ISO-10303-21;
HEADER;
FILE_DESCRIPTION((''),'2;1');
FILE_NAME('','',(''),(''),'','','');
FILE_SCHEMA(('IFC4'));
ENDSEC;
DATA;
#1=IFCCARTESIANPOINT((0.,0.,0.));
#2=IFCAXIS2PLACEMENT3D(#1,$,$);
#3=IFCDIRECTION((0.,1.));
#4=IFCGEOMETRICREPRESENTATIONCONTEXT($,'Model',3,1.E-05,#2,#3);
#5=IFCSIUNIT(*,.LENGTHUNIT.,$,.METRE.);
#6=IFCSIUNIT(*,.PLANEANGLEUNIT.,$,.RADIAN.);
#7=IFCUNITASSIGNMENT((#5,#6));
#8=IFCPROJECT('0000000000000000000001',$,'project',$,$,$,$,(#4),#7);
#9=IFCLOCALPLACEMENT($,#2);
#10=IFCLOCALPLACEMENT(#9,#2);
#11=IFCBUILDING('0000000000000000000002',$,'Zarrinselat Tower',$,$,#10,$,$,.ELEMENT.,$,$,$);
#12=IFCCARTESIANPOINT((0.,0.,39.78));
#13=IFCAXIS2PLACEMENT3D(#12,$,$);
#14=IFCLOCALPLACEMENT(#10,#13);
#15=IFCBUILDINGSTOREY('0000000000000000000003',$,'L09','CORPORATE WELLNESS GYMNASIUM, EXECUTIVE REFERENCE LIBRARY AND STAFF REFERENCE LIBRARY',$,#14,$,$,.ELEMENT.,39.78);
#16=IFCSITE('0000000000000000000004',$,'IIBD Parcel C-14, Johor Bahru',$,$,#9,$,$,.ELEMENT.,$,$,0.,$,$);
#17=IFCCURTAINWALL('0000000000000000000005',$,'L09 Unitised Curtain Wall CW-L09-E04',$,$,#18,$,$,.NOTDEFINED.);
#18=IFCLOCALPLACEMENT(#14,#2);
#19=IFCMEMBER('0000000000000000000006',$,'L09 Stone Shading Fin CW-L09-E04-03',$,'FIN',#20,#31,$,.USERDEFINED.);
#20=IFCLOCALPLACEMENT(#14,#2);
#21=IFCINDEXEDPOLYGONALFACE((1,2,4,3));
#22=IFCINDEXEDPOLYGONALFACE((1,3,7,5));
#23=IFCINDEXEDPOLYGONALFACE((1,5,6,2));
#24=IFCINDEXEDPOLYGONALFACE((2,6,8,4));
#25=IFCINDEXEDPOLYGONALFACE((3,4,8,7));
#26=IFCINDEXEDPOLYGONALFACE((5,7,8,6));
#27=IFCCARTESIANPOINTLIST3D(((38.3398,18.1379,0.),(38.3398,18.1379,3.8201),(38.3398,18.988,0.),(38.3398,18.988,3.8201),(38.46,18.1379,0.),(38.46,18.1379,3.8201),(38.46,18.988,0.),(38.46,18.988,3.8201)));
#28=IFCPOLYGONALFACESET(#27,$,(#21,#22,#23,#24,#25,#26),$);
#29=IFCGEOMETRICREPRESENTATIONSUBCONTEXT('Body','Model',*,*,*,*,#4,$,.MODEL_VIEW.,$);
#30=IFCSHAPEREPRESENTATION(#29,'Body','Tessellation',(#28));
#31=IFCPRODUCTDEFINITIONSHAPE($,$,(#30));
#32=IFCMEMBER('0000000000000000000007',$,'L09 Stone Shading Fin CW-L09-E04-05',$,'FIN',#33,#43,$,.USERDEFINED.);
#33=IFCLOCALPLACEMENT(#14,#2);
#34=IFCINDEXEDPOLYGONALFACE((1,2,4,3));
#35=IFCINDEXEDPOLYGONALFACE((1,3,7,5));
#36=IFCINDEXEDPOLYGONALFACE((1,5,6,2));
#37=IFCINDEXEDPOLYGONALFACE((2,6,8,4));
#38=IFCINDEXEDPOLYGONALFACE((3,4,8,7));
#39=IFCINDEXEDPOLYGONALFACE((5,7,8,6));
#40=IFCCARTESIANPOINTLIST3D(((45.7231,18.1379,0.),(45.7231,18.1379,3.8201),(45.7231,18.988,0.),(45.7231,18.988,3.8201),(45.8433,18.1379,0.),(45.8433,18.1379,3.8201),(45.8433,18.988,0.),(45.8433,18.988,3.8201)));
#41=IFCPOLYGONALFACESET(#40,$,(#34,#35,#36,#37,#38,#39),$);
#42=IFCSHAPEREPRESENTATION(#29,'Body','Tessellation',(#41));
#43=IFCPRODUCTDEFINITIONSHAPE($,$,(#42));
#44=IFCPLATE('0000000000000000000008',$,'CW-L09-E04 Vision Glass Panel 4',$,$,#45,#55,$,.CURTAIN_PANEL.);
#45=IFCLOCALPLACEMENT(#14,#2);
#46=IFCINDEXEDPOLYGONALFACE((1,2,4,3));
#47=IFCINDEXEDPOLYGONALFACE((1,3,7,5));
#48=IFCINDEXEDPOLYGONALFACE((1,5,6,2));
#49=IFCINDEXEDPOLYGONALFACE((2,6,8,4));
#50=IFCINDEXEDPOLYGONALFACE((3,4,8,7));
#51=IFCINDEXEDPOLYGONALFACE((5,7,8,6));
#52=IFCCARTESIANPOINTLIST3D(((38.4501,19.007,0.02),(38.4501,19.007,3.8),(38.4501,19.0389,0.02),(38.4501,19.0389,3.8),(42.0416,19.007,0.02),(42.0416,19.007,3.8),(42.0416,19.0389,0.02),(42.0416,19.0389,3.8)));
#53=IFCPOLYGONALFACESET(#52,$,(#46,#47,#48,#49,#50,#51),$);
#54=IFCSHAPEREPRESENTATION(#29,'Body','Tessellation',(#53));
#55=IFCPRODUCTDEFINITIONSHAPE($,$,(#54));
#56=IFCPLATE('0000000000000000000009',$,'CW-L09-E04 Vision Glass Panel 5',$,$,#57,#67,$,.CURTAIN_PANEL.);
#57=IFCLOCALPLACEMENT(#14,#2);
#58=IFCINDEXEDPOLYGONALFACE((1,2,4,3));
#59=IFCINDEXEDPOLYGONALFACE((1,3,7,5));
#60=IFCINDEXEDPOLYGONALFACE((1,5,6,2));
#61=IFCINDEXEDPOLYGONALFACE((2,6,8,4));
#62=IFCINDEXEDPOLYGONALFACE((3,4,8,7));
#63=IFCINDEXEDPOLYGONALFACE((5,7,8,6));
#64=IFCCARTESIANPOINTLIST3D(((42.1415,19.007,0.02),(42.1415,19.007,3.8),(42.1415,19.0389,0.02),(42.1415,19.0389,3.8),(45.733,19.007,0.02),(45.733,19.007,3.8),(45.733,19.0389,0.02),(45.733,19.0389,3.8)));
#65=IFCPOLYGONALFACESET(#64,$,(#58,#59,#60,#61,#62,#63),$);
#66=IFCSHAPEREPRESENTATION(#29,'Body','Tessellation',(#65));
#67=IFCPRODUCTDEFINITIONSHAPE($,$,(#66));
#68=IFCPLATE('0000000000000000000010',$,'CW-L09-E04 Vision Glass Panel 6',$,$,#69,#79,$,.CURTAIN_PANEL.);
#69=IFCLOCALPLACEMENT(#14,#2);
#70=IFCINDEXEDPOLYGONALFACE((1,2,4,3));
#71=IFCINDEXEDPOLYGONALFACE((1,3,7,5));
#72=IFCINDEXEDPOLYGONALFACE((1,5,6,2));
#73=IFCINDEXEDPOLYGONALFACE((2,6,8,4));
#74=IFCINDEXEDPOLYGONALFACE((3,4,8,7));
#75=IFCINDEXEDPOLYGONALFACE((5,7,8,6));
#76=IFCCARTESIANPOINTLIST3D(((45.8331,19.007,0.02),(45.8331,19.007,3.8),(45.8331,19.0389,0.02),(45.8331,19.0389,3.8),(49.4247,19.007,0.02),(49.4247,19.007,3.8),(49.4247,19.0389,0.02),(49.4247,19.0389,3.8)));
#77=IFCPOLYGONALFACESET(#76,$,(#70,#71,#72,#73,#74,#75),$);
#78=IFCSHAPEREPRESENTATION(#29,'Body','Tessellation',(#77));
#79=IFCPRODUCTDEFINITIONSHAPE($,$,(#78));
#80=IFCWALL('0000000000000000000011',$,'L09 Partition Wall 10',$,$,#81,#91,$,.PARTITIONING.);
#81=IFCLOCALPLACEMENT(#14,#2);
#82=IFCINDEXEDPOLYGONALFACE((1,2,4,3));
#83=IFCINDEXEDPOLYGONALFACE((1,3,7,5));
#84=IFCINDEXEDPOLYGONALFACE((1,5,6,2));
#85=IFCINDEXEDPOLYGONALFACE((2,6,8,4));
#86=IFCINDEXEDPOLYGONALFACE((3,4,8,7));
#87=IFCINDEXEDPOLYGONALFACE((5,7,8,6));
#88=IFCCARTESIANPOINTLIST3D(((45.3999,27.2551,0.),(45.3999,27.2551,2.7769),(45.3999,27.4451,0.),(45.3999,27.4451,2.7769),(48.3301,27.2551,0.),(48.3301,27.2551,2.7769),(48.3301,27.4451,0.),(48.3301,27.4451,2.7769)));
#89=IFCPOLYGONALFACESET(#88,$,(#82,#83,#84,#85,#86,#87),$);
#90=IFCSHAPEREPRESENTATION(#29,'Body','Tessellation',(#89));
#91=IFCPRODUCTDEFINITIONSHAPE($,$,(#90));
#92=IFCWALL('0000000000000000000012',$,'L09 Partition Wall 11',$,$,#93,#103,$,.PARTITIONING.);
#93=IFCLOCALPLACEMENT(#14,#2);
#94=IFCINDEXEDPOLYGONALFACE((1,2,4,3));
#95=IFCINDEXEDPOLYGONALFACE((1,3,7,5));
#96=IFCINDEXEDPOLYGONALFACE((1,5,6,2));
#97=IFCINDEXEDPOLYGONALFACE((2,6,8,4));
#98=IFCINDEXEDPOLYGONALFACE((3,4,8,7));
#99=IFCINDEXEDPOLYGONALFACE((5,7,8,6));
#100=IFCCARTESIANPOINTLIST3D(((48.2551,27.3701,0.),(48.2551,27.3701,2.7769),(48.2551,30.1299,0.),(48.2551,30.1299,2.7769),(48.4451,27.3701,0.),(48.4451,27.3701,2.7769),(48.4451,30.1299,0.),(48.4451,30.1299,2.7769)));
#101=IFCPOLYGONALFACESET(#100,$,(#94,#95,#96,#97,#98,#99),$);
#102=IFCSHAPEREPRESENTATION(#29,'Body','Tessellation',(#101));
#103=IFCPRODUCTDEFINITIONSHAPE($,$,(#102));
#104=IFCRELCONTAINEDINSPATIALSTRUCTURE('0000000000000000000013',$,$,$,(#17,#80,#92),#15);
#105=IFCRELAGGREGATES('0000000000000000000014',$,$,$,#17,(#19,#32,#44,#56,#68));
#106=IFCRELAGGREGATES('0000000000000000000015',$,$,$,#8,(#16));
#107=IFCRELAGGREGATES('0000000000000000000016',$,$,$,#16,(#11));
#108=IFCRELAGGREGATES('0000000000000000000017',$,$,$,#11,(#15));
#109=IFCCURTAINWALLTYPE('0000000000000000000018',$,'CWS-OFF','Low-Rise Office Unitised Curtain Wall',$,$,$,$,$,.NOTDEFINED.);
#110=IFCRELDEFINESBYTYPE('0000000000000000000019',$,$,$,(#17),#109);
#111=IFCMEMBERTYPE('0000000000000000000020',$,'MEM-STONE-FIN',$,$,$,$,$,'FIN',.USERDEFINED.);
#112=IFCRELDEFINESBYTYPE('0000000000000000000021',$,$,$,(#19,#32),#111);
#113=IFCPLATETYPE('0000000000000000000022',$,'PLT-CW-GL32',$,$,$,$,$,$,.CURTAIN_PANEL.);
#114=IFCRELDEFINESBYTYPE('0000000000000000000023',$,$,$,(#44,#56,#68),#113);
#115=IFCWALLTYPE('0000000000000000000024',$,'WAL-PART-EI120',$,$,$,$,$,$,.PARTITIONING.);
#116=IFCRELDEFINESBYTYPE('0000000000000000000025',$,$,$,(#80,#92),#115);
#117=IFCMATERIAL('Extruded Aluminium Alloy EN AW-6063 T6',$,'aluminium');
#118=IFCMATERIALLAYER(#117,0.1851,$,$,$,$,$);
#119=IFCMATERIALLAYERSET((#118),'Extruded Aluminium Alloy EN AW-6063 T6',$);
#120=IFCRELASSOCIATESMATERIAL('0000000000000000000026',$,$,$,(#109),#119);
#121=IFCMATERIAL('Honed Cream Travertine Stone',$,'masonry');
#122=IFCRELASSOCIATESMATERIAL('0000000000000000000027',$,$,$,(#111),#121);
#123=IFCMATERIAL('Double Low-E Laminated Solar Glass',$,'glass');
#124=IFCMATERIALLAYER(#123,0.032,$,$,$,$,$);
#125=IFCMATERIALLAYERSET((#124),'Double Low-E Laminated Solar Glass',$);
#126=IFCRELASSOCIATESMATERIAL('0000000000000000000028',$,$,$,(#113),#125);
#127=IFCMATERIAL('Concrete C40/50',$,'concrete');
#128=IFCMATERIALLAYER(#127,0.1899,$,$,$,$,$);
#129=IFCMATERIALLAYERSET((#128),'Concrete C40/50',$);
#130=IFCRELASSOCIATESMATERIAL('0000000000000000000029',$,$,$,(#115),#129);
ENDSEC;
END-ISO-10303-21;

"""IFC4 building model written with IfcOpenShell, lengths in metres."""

from ifc_helpers import new_model, si_unit, direction, frame, frame_2d, origin, origin_2d, place, context, subcontext, project, spatial, rectangle, extrude, material, layer, layer_set, material_profile, profile_set, type_object, element, aggregate, save


model = new_model("IFC4")

# Units and contexts
model_context = context("Model", 3, precision=1e-05, world=origin(), true_north=direction((0.0, 1.0)))
body_context = subcontext(model_context, "Body", "Model", "MODEL_VIEW")
ifc_project = project(units=[si_unit("LENGTHUNIT", "METRE"), si_unit("PLANEANGLEUNIT", "RADIAN")], contexts=[model_context])

# Site, building, storey
site_placement = place(None, origin())
site = spatial("IfcSite", under=ifc_project, at=site_placement, Name="IIBD Parcel C-14, Johor Bahru", CompositionType="ELEMENT", RefElevation=0.0)
building_placement = place(site_placement, origin())
building = spatial("IfcBuilding", under=site, at=building_placement, Name="Zarrinselat Tower", CompositionType="ELEMENT")
storey_placement = place(building_placement, frame((0.0, 0.0, 39.78)))
storey = spatial("IfcBuildingStorey", under=building, at=storey_placement, Name="L09", Description="CORPORATE WELLNESS GYMNASIUM, EXECUTIVE REFERENCE LIBRARY AND STAFF REFERENCE LIBRARY", CompositionType="ELEMENT", Elevation=39.78)

# Curtain wall, members, plates
ifc_material_1 = material(Name="Extruded Aluminium Alloy EN AW-6063 T6", Category="aluminium")
ifc_layer_1 = layer(ifc_material_1, 0.1851)
ifc_layer_set_1 = layer_set([ifc_layer_1], Name="Extruded Aluminium Alloy EN AW-6063 T6")
curtain_wall_type = type_object("IfcCurtainWallType", Name="CWS-OFF", Description="Low-Rise Office Unitised Curtain Wall", PredefinedType="NOTDEFINED", material=ifc_layer_set_1)
curtain_wall_placement = place(storey_placement, origin())
curtain_wall = element("IfcCurtainWall", 1, at=curtain_wall_placement, inside=storey, type_object=curtain_wall_type, Name="L09 Unitised Curtain Wall CW-L09-E04", PredefinedType="NOTDEFINED")
ifc_material_2 = material(Name="Honed Cream Travertine Stone", Category="masonry")
ifc_material_profile_1 = material_profile(ifc_material_2, rectangle(XDim=0.1201, YDim=0.8501, at=origin_2d()), Name="FIN 850x120")
ifc_profile_set_1 = profile_set([ifc_material_profile_1], Name="Honed Cream Travertine Stone")
member_type_1 = type_object("IfcMemberType", Name="MEM-STONE-FIN", ElementType="FIN", PredefinedType="USERDEFINED", material=ifc_profile_set_1)
member_1_placement = place(storey_placement, frame((38.3999, 18.563, 0.0), z_axis=(0.0, 0.0, 1.0), x_axis=(-1.0, 0.0, 0.0)))
member_1 = element("IfcMember", 2, at=member_1_placement, type_object=member_type_1, Name="L09 Stone Shading Fin CW-L09-E04-03", ObjectType="FIN", PredefinedType="USERDEFINED", context=body_context, shape_type="SweptSolid", body=[
    extrude(rectangle(XDim=0.1201, YDim=0.8501, at=origin_2d()), origin(), (0.0, 0.0, 1.0), 3.8201),
])
member_2_placement = place(storey_placement, frame((45.7832, 18.563, 0.0), z_axis=(0.0, 0.0, 1.0), x_axis=(-1.0, 0.0, 0.0)))
member_2 = element("IfcMember", 3, at=member_2_placement, type_object=member_type_1, Name="L09 Stone Shading Fin CW-L09-E04-05", ObjectType="FIN", PredefinedType="USERDEFINED", context=body_context, shape_type="SweptSolid", body=[
    extrude(rectangle(XDim=0.1201, YDim=0.8501, at=origin_2d()), origin(), (0.0, 0.0, 1.0), 3.8201),
])
ifc_material_3 = material(Name="Double Low-E Laminated Solar Glass", Category="glass")
ifc_layer_2 = layer(ifc_material_3, 0.032)
ifc_layer_set_2 = layer_set([ifc_layer_2], Name="Double Low-E Laminated Solar Glass")
plate_type = type_object("IfcPlateType", Name="PLT-CW-GL32", PredefinedType="CURTAIN_PANEL", material=ifc_layer_set_2)
plate_1_placement = place(storey_placement, frame((40.2458, 19.0229, 0.02), z_axis=(0.0, 0.0, 1.0), x_axis=(1.0, 0.0, 0.0)))
plate_1 = element("IfcPlate", 4, at=plate_1_placement, type_object=plate_type, Name="CW-L09-E04 Vision Glass Panel 4", PredefinedType="CURTAIN_PANEL", context=body_context, shape_type="SweptSolid", body=[
    extrude(rectangle(XDim=3.5916, YDim=0.032, at=origin_2d()), origin(), (0.0, 0.0, 1.0), 3.78),
])
plate_2_placement = place(storey_placement, frame((43.9373, 19.0229, 0.02), z_axis=(0.0, 0.0, 1.0), x_axis=(1.0, 0.0, 0.0)))
plate_2 = element("IfcPlate", 5, at=plate_2_placement, type_object=plate_type, Name="CW-L09-E04 Vision Glass Panel 5", PredefinedType="CURTAIN_PANEL", context=body_context, shape_type="SweptSolid", body=[
    extrude(rectangle(XDim=3.5916, YDim=0.032, at=origin_2d()), origin(), (0.0, 0.0, 1.0), 3.78),
])
plate_3_placement = place(storey_placement, frame((47.6289, 19.0229, 0.02), z_axis=(0.0, 0.0, 1.0), x_axis=(1.0, 0.0, 0.0)))
plate_3 = element("IfcPlate", 6, at=plate_3_placement, type_object=plate_type, Name="CW-L09-E04 Vision Glass Panel 6", PredefinedType="CURTAIN_PANEL", context=body_context, shape_type="SweptSolid", body=[
    extrude(rectangle(XDim=3.5916, YDim=0.032, at=origin_2d()), origin(), (0.0, 0.0, 1.0), 3.78),
])
aggregate(curtain_wall, [member_1, member_2, plate_1, plate_2, plate_3])

# Walls
ifc_material_4 = material(Name="Concrete C40/50", Category="concrete")
ifc_layer_3 = layer(ifc_material_4, 0.1899)
ifc_layer_set_3 = layer_set([ifc_layer_3], Name="Concrete C40/50")
wall_type = type_object("IfcWallType", Name="WAL-PART-EI120", PredefinedType="PARTITIONING", material=ifc_layer_set_3)
wall_1_placement = place(storey_placement, frame((45.3999, 27.3501, 0.0), z_axis=(0.0, 0.0, 1.0), x_axis=(1.0, 0.0, 0.0)))
element("IfcWall", 7, at=wall_1_placement, inside=storey, type_object=wall_type, Name="L09 Partition Wall 10", PredefinedType="PARTITIONING", context=body_context, shape_type="SweptSolid", body=[
    extrude(rectangle(XDim=2.9302, YDim=0.1899, at=frame_2d((1.4651, 0.0))), origin(), (0.0, 0.0, 1.0), 2.7769),
])
wall_2_placement = place(storey_placement, frame((48.3501, 27.3701, 0.0), z_axis=(0.0, 0.0, 1.0), x_axis=(0.0, 1.0, 0.0)))
element("IfcWall", 8, at=wall_2_placement, inside=storey, type_object=wall_type, Name="L09 Partition Wall 11", PredefinedType="PARTITIONING", context=body_context, shape_type="SweptSolid", body=[
    extrude(rectangle(XDim=2.7598, YDim=0.1899, at=frame_2d((1.3799, 0.0))), origin(), (0.0, 0.0, 1.0), 2.7769),
])

save(model, "model.ifc")
